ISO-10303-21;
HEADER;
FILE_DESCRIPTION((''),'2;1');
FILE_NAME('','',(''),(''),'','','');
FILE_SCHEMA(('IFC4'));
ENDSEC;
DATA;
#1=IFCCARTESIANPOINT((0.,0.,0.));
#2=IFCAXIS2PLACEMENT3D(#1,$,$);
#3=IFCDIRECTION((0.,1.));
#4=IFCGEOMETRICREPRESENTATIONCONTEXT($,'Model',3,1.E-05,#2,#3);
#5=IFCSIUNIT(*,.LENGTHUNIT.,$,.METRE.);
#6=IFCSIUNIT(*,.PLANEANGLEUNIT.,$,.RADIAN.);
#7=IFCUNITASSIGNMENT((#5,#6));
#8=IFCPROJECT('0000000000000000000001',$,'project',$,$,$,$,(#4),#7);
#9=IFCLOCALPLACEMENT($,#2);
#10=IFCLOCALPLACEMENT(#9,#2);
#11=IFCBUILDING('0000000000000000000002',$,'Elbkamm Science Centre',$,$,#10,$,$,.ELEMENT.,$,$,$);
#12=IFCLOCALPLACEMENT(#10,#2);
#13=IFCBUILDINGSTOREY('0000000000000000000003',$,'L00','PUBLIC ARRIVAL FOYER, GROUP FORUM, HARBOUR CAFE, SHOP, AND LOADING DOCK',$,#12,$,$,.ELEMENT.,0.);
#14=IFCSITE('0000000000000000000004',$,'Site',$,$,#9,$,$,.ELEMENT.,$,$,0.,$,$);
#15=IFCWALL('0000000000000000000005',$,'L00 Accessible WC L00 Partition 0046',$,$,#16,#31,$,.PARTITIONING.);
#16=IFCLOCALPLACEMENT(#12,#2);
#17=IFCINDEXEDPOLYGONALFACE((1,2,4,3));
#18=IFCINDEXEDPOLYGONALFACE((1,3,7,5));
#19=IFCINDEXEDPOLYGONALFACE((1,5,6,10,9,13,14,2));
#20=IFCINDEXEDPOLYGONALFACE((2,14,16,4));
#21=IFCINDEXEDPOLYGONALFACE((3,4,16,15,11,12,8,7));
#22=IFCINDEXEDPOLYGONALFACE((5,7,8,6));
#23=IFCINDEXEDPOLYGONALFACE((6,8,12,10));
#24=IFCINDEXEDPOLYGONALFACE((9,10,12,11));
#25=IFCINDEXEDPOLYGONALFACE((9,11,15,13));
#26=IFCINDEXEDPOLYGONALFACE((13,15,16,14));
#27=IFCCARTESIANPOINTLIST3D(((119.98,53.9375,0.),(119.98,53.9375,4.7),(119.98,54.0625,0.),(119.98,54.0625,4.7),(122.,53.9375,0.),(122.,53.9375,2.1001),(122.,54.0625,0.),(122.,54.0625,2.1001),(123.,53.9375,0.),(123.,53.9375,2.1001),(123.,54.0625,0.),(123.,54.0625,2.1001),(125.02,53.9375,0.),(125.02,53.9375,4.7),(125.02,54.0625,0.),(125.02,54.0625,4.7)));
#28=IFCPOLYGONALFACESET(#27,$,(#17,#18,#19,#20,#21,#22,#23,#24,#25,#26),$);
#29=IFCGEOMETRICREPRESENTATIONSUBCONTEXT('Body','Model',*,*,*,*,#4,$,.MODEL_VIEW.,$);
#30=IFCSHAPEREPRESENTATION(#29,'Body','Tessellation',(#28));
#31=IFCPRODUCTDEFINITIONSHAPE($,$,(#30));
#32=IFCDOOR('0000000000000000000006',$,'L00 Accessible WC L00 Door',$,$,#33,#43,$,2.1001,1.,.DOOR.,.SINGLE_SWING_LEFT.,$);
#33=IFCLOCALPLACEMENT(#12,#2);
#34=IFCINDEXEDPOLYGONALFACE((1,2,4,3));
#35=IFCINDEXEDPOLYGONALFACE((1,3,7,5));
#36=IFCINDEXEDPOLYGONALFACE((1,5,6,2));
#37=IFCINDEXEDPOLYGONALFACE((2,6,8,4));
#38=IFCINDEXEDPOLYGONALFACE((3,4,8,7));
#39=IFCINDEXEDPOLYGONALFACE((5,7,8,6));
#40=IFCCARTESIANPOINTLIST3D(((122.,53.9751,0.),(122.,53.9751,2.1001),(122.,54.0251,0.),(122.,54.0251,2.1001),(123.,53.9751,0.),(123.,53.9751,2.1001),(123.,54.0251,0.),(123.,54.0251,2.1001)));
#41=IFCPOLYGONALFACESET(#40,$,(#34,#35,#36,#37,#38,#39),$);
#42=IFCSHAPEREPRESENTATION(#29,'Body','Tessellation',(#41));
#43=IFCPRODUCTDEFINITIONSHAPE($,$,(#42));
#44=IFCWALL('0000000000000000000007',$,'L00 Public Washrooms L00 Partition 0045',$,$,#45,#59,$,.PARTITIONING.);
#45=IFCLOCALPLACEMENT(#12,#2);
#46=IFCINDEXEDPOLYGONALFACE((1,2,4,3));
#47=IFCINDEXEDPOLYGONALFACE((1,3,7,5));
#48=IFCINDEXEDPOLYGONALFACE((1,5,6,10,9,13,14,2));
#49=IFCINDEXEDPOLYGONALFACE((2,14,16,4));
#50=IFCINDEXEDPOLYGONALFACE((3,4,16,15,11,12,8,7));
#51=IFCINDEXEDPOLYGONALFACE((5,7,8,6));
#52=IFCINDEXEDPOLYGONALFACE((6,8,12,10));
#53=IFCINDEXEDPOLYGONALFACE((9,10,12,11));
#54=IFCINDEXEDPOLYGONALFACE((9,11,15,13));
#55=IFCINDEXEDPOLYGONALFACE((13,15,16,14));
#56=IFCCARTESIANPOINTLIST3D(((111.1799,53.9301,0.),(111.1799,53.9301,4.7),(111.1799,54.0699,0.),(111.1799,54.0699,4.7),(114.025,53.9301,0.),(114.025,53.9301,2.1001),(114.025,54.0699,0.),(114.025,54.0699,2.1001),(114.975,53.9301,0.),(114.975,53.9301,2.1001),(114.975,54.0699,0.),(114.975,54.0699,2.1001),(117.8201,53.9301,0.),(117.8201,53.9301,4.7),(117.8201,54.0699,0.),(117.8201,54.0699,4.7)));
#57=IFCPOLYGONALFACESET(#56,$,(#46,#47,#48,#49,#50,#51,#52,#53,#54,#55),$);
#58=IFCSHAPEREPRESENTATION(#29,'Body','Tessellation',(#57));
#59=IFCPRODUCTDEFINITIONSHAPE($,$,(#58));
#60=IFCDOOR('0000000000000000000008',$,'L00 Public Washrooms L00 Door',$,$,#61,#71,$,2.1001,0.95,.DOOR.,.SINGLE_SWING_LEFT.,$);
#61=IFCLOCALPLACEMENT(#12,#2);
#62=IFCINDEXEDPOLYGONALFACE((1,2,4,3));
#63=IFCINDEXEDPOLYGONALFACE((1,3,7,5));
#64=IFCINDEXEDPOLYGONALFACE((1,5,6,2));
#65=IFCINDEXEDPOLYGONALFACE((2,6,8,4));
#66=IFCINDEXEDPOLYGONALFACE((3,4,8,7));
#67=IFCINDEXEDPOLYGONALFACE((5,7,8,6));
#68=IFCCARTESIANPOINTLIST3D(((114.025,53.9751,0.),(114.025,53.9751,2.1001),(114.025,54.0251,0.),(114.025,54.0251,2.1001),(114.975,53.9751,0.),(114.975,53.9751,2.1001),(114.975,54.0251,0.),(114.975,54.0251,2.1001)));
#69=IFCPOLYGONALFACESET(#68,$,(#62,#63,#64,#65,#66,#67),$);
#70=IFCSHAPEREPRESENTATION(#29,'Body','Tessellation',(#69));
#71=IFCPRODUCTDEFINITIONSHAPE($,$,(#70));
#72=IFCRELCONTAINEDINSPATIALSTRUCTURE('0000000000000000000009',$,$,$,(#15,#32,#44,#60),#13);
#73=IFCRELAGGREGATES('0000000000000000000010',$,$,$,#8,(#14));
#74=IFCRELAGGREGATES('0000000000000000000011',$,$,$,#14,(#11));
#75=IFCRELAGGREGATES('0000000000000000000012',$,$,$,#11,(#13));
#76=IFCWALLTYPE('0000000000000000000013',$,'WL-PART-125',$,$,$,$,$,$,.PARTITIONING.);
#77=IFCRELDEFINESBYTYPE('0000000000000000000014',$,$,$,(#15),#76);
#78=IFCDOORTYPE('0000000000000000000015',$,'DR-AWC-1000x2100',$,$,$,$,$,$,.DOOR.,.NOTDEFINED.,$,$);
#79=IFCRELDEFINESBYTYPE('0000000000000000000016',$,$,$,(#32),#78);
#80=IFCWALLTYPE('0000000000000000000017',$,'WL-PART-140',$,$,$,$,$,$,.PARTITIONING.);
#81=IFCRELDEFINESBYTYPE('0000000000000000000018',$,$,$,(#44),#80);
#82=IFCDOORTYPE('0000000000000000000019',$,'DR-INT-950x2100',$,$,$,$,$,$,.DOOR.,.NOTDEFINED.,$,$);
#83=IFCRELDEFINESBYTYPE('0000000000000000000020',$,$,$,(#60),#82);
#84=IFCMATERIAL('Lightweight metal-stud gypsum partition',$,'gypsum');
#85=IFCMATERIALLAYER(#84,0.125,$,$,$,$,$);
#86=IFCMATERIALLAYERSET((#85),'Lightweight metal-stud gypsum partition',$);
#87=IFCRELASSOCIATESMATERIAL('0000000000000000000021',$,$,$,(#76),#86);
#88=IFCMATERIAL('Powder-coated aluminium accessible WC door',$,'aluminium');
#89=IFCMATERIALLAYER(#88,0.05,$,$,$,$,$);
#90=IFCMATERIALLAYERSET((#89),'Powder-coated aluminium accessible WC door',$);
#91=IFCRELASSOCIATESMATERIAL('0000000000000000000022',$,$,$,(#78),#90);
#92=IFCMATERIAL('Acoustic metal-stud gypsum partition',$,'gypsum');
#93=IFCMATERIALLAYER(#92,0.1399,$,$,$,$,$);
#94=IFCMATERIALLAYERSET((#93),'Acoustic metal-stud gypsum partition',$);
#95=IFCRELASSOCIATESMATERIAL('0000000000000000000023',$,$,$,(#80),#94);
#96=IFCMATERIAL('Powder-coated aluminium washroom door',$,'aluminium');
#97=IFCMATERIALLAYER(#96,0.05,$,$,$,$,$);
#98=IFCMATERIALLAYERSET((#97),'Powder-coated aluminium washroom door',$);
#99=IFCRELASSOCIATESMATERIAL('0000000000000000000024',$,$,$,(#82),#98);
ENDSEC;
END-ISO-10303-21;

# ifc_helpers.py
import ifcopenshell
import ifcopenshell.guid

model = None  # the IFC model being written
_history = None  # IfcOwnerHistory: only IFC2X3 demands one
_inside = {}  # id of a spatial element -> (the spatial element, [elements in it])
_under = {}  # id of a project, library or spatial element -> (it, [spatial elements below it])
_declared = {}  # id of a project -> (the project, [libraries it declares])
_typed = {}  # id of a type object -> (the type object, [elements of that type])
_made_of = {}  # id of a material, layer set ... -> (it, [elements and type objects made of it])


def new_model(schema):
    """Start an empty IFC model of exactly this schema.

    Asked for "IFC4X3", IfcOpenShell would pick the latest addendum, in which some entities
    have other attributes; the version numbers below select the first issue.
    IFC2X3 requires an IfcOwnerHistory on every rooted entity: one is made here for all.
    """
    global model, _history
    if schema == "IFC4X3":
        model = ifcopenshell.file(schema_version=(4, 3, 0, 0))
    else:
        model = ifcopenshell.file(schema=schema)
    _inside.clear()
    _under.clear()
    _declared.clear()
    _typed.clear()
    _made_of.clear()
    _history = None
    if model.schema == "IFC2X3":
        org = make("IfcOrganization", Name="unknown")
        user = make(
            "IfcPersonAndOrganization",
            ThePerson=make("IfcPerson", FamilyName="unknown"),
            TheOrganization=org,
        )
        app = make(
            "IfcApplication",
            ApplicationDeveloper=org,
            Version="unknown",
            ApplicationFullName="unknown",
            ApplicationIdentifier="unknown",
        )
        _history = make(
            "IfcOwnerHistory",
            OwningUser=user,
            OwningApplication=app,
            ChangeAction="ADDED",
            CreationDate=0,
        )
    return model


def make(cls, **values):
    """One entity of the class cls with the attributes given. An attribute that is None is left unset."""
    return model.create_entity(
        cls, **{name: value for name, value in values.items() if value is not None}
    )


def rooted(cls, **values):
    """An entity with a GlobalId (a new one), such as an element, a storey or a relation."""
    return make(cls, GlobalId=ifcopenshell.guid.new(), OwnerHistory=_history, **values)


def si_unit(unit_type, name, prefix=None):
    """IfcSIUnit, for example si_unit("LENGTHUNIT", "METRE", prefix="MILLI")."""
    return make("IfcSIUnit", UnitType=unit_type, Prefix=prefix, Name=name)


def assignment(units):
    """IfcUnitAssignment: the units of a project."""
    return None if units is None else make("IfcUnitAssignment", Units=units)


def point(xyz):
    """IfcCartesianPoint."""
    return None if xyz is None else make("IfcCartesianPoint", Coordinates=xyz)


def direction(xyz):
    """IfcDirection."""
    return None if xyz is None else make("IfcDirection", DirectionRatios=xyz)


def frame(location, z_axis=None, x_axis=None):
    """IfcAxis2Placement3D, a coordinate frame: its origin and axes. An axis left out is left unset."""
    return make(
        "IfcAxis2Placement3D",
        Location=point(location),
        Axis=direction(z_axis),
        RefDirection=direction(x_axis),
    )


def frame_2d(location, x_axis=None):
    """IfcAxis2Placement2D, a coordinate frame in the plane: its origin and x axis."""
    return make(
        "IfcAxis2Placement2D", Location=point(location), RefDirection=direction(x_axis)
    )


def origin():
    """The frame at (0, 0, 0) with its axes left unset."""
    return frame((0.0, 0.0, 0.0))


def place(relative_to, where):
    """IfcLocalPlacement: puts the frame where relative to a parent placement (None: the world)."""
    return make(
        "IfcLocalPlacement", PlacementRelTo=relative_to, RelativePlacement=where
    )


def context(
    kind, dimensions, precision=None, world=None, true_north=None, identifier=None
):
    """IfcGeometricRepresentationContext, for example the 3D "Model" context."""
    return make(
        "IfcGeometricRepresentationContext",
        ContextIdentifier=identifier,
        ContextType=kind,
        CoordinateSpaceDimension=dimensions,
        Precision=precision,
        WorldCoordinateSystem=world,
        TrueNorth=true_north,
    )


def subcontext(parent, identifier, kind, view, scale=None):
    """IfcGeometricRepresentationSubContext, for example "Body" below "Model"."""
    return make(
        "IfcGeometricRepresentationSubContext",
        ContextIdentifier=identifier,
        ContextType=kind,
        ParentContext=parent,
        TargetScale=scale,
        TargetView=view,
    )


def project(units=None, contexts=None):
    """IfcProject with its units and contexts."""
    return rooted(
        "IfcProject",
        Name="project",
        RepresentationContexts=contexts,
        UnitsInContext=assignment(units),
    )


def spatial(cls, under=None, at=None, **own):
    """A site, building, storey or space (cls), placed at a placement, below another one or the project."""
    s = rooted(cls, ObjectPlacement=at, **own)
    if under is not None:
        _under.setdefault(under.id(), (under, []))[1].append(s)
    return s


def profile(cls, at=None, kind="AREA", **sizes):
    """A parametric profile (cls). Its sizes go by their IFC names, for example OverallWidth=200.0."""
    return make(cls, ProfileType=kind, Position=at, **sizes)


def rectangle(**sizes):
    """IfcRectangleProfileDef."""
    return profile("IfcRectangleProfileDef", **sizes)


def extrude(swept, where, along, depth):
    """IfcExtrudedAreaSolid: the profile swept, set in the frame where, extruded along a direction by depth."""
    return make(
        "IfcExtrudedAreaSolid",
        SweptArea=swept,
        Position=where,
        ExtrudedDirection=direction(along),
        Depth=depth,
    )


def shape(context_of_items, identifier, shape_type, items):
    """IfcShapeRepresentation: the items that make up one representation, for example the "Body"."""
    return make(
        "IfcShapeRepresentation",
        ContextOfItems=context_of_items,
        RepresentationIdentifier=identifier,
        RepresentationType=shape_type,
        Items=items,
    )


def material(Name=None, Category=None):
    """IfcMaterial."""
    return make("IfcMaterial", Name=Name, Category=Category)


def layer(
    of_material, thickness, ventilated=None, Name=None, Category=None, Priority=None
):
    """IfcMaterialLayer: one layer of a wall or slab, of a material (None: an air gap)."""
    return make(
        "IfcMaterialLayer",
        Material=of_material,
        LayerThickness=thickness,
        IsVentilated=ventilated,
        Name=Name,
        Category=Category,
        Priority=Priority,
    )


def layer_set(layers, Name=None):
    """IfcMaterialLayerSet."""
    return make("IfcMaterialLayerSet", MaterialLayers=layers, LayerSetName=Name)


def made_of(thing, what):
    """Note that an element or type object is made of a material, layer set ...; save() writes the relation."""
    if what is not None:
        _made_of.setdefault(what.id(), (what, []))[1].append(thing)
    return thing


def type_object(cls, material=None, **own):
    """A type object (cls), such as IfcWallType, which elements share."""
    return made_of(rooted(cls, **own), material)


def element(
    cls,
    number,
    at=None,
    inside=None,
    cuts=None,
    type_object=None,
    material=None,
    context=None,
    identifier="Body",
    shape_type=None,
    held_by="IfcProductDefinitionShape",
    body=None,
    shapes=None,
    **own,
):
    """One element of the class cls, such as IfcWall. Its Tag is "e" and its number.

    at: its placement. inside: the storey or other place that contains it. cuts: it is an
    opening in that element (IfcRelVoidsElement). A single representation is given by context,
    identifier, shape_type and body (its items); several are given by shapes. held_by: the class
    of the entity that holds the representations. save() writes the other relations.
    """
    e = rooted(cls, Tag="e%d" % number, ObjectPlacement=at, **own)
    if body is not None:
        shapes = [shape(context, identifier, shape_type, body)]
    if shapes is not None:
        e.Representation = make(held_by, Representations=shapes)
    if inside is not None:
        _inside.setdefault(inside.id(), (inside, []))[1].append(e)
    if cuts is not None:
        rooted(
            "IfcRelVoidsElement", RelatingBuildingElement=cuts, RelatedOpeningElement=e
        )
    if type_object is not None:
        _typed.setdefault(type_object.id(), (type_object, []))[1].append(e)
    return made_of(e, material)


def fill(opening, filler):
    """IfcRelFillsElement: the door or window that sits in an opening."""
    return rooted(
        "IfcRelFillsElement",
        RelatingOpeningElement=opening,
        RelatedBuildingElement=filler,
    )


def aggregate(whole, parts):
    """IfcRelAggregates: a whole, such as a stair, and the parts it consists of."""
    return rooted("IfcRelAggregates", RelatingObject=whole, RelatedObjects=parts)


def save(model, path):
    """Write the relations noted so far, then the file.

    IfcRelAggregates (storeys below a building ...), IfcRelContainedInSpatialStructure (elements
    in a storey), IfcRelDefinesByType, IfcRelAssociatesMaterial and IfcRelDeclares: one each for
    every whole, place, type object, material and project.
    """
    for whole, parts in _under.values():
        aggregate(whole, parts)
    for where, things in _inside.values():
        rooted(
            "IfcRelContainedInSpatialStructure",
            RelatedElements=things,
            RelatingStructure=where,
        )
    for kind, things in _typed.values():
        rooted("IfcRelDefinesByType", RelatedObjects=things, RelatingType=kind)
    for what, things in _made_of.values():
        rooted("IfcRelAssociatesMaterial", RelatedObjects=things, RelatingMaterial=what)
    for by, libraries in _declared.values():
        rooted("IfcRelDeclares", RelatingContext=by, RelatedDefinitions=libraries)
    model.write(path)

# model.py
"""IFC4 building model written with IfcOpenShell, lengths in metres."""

from ifc_helpers import new_model, si_unit, direction, frame, frame_2d, origin, place, context, subcontext, project, spatial, rectangle, extrude, material, layer, layer_set, type_object, element, fill, save


model = new_model("IFC4")

# Units and contexts
model_context = context("Model", 3, precision=1e-05, world=origin(), true_north=direction((0.0, 1.0)))
body_context = subcontext(model_context, "Body", "Model", "MODEL_VIEW")
ifc_project = project(units=[si_unit("LENGTHUNIT", "METRE"), si_unit("PLANEANGLEUNIT", "RADIAN")], contexts=[model_context])

# Site, building, storey
site_placement = place(None, origin())
site = spatial("IfcSite", under=ifc_project, at=site_placement, Name="Site", CompositionType="ELEMENT", RefElevation=0.0)
building_placement = place(site_placement, origin())
building = spatial("IfcBuilding", under=site, at=building_placement, Name="Elbkamm Science Centre", CompositionType="ELEMENT")
storey_placement = place(building_placement, origin())
storey = spatial("IfcBuildingStorey", under=building, at=storey_placement, Name="L00", Description="PUBLIC ARRIVAL FOYER, GROUP FORUM, HARBOUR CAFE, SHOP, AND LOADING DOCK", CompositionType="ELEMENT", Elevation=0.0)

# Walls, openings, doors
ifc_material_1 = material(Name="Lightweight metal-stud gypsum partition", Category="gypsum")
ifc_layer_1 = layer(ifc_material_1, 0.125)
ifc_layer_set_1 = layer_set([ifc_layer_1], Name="Lightweight metal-stud gypsum partition")
wall_type_1 = type_object("IfcWallType", Name="WL-PART-125", PredefinedType="PARTITIONING", material=ifc_layer_set_1)
wall_1_placement = place(storey_placement, frame((125.02, 54.0, 0.0), z_axis=(0.0, 0.0, 1.0), x_axis=(-1.0, 0.0, 0.0)))
wall_1 = element("IfcWall", 1, at=wall_1_placement, inside=storey, type_object=wall_type_1, Name="L00 Accessible WC L00 Partition 0046", PredefinedType="PARTITIONING", context=body_context, shape_type="SweptSolid", body=[
    extrude(rectangle(XDim=5.04, YDim=0.125, at=frame_2d((2.52, 0.0))), origin(), (0.0, 0.0, 1.0), 4.7),
])
opening_1_placement = place(wall_1_placement, frame((2.02, 0.0, 0.0)))
opening_1 = element("IfcOpeningElement", 2, at=opening_1_placement, cuts=wall_1, PredefinedType="OPENING", context=body_context, shape_type="SweptSolid", body=[
    extrude(rectangle(XDim=1.0, YDim=2.1001, at=frame_2d((0.5, 1.05))), frame((0.0, 0.0745, 0.0), z_axis=(0.0, -1.0, 0.0), x_axis=(1.0, 0.0, 0.0)), (0.0, 0.0, 1.0), 0.1489),
])
ifc_material_2 = material(Name="Powder-coated aluminium accessible WC door", Category="aluminium")
ifc_layer_2 = layer(ifc_material_2, 0.05)
ifc_layer_set_2 = layer_set([ifc_layer_2], Name="Powder-coated aluminium accessible WC door")
door_type_1 = type_object("IfcDoorType", Name="DR-AWC-1000x2100", OperationType="NOTDEFINED", PredefinedType="DOOR", material=ifc_layer_set_2)
door_1_placement = place(opening_1_placement, origin())
door_1 = element("IfcDoor", 3, at=door_1_placement, inside=storey, type_object=door_type_1, Name="L00 Accessible WC L00 Door", OperationType="SINGLE_SWING_LEFT", OverallHeight=2.1001, OverallWidth=1.0, PredefinedType="DOOR", context=body_context, shape_type="SweptSolid", body=[
    extrude(rectangle(XDim=1.0, YDim=2.1001, at=frame_2d((0.5, 1.05))), frame((0.0, 0.0249, 0.0), z_axis=(0.0, -1.0, 0.0), x_axis=(1.0, 0.0, 0.0)), (0.0, 0.0, 1.0), 0.05),
])
fill(opening_1, door_1)
ifc_material_3 = material(Name="Acoustic metal-stud gypsum partition", Category="gypsum")
ifc_layer_3 = layer(ifc_material_3, 0.1399)
ifc_layer_set_3 = layer_set([ifc_layer_3], Name="Acoustic metal-stud gypsum partition")
wall_type_2 = type_object("IfcWallType", Name="WL-PART-140", PredefinedType="PARTITIONING", material=ifc_layer_set_3)
wall_2_placement = place(storey_placement, frame((117.8201, 54.0, 0.0), z_axis=(0.0, 0.0, 1.0), x_axis=(-1.0, 0.0, 0.0)))
wall_2 = element("IfcWall", 4, at=wall_2_placement, inside=storey, type_object=wall_type_2, Name="L00 Public Washrooms L00 Partition 0045", PredefinedType="PARTITIONING", context=body_context, shape_type="SweptSolid", body=[
    extrude(rectangle(XDim=6.6401, YDim=0.1399, at=frame_2d((3.3201, 0.0))), origin(), (0.0, 0.0, 1.0), 4.7),
])
opening_2_placement = place(wall_2_placement, frame((2.845, 0.0, 0.0)))
opening_2 = element("IfcOpeningElement", 5, at=opening_2_placement, cuts=wall_2, PredefinedType="OPENING", context=body_context, shape_type="SweptSolid", body=[
    extrude(rectangle(XDim=0.95, YDim=2.1001, at=frame_2d((0.4751, 1.05))), frame((0.0, 0.082, 0.0), z_axis=(0.0, -1.0, 0.0), x_axis=(1.0, 0.0, 0.0)), (0.0, 0.0, 1.0), 0.1638),
])
ifc_material_4 = material(Name="Powder-coated aluminium washroom door", Category="aluminium")
ifc_layer_4 = layer(ifc_material_4, 0.05)
ifc_layer_set_4 = layer_set([ifc_layer_4], Name="Powder-coated aluminium washroom door")
door_type_2 = type_object("IfcDoorType", Name="DR-INT-950x2100", OperationType="NOTDEFINED", PredefinedType="DOOR", material=ifc_layer_set_4)
door_2_placement = place(opening_2_placement, origin())
door_2 = element("IfcDoor", 6, at=door_2_placement, inside=storey, type_object=door_type_2, Name="L00 Public Washrooms L00 Door", OperationType="SINGLE_SWING_LEFT", OverallHeight=2.1001, OverallWidth=0.95, PredefinedType="DOOR", context=body_context, shape_type="SweptSolid", body=[
    extrude(rectangle(XDim=0.95, YDim=2.1001, at=frame_2d((0.4751, 1.05))), frame((0.0, 0.0249, 0.0), z_axis=(0.0, -1.0, 0.0), x_axis=(1.0, 0.0, 0.0)), (0.0, 0.0, 1.0), 0.05),
])
fill(opening_2, door_2)

save(model, "model.ifc")
